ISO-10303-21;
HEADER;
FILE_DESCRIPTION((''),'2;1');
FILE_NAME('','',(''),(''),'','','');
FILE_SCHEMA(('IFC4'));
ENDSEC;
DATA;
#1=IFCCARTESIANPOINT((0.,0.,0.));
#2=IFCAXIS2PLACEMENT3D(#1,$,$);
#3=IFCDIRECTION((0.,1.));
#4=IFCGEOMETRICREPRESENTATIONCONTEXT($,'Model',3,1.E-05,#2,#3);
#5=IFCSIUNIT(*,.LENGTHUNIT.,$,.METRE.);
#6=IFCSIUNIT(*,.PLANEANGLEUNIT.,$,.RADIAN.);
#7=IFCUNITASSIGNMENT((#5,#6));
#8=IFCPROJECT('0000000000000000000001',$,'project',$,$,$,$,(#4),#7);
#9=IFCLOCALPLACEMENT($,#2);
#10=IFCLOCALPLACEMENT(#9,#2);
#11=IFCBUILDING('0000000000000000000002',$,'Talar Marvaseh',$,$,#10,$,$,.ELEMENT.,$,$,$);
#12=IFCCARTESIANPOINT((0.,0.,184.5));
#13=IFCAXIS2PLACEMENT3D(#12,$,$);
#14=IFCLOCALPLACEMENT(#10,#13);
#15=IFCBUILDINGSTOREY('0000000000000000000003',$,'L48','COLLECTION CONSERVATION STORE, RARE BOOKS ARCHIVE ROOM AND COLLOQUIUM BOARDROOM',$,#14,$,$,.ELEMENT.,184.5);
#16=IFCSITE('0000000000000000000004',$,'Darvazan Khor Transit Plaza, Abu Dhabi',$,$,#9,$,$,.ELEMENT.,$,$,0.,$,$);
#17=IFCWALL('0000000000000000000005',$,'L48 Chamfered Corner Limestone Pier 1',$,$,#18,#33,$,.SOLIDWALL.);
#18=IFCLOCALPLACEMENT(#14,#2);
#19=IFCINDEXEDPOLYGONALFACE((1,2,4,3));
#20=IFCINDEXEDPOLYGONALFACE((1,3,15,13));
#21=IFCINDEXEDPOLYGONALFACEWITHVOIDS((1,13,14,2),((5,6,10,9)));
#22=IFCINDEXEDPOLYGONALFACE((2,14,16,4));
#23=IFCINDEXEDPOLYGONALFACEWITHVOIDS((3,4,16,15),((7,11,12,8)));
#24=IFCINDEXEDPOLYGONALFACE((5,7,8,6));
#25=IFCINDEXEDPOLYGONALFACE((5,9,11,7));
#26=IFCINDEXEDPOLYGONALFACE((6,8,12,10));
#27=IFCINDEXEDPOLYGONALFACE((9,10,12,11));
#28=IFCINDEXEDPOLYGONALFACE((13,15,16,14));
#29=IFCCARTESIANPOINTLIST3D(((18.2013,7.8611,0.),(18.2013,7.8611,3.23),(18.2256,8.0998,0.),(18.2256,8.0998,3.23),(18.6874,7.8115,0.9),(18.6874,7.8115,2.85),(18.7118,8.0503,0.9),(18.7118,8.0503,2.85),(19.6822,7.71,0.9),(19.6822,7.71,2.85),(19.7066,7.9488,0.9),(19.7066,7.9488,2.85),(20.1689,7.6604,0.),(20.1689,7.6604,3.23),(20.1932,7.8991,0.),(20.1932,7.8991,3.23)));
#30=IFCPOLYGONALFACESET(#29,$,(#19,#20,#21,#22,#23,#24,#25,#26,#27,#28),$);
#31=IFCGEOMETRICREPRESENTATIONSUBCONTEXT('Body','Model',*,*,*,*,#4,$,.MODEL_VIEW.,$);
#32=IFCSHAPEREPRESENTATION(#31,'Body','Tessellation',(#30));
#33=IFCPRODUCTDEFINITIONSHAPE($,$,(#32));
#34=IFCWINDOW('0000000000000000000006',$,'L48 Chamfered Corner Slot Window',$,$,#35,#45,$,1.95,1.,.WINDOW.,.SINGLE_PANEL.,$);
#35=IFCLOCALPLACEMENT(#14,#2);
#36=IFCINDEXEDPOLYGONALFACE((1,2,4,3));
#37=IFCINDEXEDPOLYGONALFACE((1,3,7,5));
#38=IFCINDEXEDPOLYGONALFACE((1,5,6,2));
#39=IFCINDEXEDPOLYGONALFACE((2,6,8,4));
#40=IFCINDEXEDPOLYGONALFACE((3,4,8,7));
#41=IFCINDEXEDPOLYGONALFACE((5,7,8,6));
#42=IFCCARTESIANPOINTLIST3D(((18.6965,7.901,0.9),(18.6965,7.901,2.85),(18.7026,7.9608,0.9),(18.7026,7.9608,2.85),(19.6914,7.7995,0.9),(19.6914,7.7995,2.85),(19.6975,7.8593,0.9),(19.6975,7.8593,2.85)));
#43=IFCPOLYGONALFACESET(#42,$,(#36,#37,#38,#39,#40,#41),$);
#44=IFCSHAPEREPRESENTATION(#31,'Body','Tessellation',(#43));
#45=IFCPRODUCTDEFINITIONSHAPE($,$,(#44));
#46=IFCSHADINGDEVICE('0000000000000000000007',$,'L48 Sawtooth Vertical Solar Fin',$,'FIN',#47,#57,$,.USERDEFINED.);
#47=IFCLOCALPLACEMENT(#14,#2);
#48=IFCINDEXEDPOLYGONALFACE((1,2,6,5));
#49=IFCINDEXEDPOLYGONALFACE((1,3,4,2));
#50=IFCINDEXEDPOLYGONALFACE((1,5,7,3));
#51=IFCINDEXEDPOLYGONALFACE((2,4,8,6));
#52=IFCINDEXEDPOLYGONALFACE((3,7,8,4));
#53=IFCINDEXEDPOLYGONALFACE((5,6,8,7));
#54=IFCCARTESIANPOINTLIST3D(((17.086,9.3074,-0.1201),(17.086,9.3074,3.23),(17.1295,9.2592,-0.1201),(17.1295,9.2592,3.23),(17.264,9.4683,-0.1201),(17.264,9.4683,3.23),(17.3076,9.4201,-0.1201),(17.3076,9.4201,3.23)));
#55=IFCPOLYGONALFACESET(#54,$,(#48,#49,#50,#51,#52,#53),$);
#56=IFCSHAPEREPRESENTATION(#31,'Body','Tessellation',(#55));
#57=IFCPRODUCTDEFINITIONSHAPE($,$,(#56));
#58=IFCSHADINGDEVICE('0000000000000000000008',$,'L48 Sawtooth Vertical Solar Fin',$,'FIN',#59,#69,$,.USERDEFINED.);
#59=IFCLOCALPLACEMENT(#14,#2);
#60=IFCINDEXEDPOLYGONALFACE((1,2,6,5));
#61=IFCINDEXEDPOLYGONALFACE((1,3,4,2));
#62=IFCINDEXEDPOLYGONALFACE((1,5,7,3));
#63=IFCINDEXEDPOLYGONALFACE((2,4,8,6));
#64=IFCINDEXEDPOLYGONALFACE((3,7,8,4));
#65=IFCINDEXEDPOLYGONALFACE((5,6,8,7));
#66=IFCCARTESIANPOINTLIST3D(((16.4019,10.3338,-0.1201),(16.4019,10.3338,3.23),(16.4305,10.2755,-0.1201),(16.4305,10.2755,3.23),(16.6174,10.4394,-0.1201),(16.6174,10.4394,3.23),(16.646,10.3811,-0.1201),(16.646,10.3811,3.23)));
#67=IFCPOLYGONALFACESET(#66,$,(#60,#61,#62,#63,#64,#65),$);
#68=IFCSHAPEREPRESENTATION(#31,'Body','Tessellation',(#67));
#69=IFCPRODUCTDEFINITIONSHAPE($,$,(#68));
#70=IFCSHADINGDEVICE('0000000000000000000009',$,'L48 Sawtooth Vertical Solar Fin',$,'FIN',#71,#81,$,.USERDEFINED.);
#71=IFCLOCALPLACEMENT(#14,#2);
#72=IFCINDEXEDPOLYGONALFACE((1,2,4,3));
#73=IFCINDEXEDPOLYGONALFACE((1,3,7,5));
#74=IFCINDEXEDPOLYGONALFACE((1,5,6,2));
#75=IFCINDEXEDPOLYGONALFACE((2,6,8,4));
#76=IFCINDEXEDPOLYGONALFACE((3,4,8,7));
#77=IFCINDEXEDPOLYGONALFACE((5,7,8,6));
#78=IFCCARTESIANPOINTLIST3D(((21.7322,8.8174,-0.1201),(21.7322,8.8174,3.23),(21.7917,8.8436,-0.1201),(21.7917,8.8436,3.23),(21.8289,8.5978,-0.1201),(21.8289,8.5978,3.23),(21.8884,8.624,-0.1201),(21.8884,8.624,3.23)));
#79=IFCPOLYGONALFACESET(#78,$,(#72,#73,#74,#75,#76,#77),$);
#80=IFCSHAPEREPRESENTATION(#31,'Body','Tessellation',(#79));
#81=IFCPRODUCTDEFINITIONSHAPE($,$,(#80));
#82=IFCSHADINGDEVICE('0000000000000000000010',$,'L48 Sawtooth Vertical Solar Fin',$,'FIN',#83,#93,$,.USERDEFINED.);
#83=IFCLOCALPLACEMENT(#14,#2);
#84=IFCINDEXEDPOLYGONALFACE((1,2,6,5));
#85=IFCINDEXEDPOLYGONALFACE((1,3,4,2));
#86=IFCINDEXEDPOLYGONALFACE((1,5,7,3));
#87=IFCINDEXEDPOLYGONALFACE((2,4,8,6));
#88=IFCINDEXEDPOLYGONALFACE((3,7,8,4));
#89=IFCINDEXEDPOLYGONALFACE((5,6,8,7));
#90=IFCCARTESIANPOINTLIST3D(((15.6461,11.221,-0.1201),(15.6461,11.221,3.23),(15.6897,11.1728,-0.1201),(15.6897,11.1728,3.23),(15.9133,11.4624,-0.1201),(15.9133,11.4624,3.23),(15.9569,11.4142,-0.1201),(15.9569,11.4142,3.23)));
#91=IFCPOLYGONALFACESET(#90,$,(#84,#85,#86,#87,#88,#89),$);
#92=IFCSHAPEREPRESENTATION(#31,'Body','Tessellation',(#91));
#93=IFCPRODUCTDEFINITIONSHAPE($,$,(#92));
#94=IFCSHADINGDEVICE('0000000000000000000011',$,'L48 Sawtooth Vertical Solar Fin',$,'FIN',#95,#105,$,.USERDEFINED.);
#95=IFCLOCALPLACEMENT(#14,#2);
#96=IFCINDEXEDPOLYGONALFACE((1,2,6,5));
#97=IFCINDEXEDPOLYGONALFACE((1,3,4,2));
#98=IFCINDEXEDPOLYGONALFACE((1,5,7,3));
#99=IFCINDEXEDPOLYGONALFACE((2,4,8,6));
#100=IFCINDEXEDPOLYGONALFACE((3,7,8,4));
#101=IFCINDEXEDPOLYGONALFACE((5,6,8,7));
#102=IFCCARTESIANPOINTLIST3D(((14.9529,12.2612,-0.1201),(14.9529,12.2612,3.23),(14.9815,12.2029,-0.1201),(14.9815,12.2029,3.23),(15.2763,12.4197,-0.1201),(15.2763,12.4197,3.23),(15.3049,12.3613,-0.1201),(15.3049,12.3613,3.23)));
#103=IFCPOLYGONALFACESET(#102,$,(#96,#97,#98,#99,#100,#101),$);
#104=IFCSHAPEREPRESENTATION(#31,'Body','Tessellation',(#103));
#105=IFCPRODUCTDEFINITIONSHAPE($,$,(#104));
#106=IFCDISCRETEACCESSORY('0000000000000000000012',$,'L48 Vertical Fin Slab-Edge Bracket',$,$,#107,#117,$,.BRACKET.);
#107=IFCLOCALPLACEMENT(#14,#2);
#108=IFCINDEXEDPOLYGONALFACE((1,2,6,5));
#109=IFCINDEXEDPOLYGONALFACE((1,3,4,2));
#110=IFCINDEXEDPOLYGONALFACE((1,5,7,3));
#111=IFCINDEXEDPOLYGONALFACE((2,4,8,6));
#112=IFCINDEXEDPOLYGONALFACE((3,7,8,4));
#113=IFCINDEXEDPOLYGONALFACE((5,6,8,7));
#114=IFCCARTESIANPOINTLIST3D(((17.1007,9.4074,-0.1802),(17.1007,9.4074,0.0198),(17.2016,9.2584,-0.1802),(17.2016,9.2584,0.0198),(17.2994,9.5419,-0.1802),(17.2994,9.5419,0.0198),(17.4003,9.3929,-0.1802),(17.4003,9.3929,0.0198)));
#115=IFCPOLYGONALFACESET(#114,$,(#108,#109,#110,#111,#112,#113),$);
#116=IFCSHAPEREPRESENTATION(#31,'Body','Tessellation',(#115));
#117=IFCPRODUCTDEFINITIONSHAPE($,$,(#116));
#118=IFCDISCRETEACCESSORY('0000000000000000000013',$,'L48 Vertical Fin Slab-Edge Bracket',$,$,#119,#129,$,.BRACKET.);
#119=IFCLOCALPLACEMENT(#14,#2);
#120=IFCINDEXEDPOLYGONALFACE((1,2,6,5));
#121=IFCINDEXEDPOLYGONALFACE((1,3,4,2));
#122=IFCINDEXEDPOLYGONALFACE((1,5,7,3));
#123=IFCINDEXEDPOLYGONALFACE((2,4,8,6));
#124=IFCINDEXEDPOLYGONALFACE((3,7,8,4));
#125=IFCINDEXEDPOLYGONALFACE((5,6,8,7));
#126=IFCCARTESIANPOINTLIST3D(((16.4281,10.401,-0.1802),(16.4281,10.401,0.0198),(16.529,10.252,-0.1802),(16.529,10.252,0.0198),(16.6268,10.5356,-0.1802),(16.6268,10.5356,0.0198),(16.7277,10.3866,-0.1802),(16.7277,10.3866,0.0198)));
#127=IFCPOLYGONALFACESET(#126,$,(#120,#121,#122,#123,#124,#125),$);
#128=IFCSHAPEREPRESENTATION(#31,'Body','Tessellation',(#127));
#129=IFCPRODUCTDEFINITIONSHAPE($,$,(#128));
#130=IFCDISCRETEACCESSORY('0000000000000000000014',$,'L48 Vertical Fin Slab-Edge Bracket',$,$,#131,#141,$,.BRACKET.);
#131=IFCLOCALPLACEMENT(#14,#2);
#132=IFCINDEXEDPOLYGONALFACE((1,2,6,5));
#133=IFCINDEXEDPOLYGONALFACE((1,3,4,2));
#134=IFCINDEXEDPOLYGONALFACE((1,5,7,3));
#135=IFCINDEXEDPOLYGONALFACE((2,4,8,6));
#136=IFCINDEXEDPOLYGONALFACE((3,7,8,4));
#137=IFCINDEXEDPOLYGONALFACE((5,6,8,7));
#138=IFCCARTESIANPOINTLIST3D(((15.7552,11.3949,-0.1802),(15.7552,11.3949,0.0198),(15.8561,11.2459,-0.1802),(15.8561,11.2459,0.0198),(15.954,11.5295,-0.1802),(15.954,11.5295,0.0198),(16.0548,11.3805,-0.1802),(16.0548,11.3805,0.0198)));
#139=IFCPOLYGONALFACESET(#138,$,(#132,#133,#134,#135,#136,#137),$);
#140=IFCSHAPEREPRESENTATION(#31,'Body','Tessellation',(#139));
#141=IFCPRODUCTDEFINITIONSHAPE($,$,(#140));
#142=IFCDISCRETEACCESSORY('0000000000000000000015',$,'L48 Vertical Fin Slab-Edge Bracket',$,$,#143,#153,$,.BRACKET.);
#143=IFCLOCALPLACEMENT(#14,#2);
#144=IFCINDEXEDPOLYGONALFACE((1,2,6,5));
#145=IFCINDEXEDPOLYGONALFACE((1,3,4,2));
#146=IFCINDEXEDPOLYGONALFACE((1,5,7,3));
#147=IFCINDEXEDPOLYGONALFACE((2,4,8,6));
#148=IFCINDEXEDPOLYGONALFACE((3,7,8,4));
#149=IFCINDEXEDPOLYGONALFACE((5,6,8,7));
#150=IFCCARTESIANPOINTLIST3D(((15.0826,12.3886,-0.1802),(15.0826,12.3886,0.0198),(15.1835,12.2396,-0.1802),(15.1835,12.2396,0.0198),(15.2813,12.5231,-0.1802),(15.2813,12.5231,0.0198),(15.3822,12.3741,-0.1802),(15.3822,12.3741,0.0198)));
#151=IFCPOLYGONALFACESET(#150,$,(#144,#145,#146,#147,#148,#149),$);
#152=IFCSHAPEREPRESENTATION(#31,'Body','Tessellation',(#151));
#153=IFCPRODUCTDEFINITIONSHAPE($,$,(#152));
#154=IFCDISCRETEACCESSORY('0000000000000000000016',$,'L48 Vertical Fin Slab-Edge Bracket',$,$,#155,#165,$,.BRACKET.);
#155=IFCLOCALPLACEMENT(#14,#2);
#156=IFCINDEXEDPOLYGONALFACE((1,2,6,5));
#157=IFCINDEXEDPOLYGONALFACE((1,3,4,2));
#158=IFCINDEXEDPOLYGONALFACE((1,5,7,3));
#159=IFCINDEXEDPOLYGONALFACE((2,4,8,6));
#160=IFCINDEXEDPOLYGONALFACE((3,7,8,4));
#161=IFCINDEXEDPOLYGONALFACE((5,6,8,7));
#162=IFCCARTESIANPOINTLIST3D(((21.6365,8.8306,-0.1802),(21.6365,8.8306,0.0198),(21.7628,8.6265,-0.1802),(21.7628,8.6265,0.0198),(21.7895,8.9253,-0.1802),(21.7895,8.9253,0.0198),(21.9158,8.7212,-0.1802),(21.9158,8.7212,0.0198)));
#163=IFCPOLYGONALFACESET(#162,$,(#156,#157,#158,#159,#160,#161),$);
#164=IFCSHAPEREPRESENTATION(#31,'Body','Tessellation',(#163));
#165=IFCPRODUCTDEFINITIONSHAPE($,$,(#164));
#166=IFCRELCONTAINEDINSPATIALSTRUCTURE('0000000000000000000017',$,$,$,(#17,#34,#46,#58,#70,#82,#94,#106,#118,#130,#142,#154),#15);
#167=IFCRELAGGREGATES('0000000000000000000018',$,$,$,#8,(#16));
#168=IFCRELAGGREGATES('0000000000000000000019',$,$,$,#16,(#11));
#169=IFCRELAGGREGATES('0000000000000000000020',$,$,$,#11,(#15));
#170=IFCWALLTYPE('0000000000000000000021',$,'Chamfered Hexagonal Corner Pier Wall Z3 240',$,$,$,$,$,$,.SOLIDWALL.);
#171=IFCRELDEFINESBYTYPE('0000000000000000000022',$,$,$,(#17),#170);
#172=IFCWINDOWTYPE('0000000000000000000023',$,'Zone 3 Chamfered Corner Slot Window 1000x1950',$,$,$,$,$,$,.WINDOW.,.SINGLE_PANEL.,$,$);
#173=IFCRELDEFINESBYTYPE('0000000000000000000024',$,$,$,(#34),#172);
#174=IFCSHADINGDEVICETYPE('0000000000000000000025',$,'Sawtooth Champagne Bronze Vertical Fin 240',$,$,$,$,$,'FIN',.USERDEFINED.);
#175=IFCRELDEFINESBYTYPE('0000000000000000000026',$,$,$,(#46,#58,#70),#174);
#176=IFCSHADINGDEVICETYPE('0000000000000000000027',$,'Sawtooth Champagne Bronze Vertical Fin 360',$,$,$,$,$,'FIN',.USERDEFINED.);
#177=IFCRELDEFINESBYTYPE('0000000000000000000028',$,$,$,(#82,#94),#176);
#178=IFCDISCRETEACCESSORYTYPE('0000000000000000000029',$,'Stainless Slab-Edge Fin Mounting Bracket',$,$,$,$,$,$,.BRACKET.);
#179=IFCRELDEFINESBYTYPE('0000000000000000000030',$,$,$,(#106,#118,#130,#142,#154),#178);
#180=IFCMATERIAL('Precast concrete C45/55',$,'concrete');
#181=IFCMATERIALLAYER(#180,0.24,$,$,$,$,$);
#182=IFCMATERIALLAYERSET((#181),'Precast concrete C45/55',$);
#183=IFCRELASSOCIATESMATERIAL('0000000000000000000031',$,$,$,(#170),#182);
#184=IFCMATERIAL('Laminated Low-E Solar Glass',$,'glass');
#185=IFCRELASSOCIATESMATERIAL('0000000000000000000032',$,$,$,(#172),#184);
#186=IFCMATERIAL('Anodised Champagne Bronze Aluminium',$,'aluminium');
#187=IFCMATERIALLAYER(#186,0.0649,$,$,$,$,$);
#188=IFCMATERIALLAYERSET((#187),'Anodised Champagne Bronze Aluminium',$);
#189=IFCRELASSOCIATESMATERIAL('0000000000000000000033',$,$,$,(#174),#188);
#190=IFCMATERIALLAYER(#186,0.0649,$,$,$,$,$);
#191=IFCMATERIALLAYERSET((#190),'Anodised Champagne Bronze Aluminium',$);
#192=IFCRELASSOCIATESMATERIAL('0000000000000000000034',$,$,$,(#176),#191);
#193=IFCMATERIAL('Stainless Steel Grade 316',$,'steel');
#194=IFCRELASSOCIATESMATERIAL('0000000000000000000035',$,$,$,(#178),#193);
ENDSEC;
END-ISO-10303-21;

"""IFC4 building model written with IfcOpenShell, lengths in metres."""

from ifc_helpers import new_model, si_unit, direction, frame, frame_2d, origin, origin_2d, place, context, subcontext, project, spatial, rectangle, extrude, source, transform, mapped, material, layer, layer_set, type_object, type_shapes, element, fill, save


model = new_model("IFC4")

# Units and contexts
model_context = context("Model", 3, precision=1e-05, world=origin(), true_north=direction((0.0, 1.0)))
body_context = subcontext(model_context, "Body", "Model", "MODEL_VIEW")
ifc_project = project(units=[si_unit("LENGTHUNIT", "METRE"), si_unit("PLANEANGLEUNIT", "RADIAN")], contexts=[model_context])

# Site, building, storey
site_placement = place(None, origin())
site = spatial("IfcSite", under=ifc_project, at=site_placement, Name="Darvazan Khor Transit Plaza, Abu Dhabi", CompositionType="ELEMENT", RefElevation=0.0)
building_placement = place(site_placement, origin())
building = spatial("IfcBuilding", under=site, at=building_placement, Name="Talar Marvaseh", CompositionType="ELEMENT")
storey_placement = place(building_placement, frame((0.0, 0.0, 184.5)))
storey = spatial("IfcBuildingStorey", under=building, at=storey_placement, Name="L48", Description="COLLECTION CONSERVATION STORE, RARE BOOKS ARCHIVE ROOM AND COLLOQUIUM BOARDROOM", CompositionType="ELEMENT", Elevation=184.5)

# Shared definitions
ifc_material_1 = material(Name="Laminated Low-E Solar Glass", Category="glass")

# Wall, opening, window
ifc_material_2 = material(Name="Precast concrete C45/55", Category="concrete")
ifc_layer_1 = layer(ifc_material_2, 0.24)
ifc_layer_set_1 = layer_set([ifc_layer_1], Name="Precast concrete C45/55")
wall_type = type_object("IfcWallType", Name="Chamfered Hexagonal Corner Pier Wall Z3 240", PredefinedType="SOLIDWALL", material=ifc_layer_set_1)
wall_placement = place(storey_placement, frame((20.1809, 7.7798, 0.0), z_axis=(0.0, 0.0, 1.0), x_axis=(-0.994838, 0.101471, 0.0)))
wall = element("IfcWall", 1, at=wall_placement, inside=storey, type_object=wall_type, Name="L48 Chamfered Corner Limestone Pier 1", PredefinedType="SOLIDWALL", context=body_context, shape_type="SweptSolid", body=[
    extrude(rectangle(XDim=1.9778, YDim=0.24, at=frame_2d((0.9888, 0.0))), origin(), (0.0, 0.0, 1.0), 3.23),
])
opening_placement = place(wall_placement, frame((0.489, 0.0, 0.8999)))
opening = element("IfcOpeningElement", 2, at=opening_placement, cuts=wall, PredefinedType="OPENING", context=body_context, shape_type="SweptSolid", body=[
    extrude(rectangle(XDim=1.0, YDim=1.95, at=frame_2d((0.5, 0.9751))), frame((0.0, 0.1299, 0.0), z_axis=(0.0, -1.0, 0.0), x_axis=(1.0, 0.0, 0.0)), (0.0, 0.0, 1.0), 0.26),
])
window_type = type_object("IfcWindowType", Name="Zone 3 Chamfered Corner Slot Window 1000x1950", PartitioningType="SINGLE_PANEL", PredefinedType="WINDOW", material=ifc_material_1)
shared_shape_1 = source(origin(), body_context, "Body", "SweptSolid", [
    extrude(rectangle(XDim=1.0, YDim=1.95, at=frame_2d((0.5, 0.9751))), frame((0.0, 0.03, 0.0), z_axis=(0.0, -1.0, 0.0), x_axis=(1.0, 0.0, 0.0)), (0.0, 0.0, 1.0), 0.0601),
])
type_shapes(window_type, [shared_shape_1])
window_placement = place(opening_placement, origin())
window = element("IfcWindow", 3, at=window_placement, inside=storey, type_object=window_type, Name="L48 Chamfered Corner Slot Window", OverallHeight=1.95, OverallWidth=1.0, PartitioningType="SINGLE_PANEL", PredefinedType="WINDOW", context=body_context, shape_type="MappedRepresentation", body=[
    mapped(shared_shape_1, transform((0.0, 0.0, 0.0), x_axis=(1.0, 0.0, 0.0), y_axis=(0.0, 1.0, 0.0), z_axis=(0.0, 0.0, 1.0), scale=1.0)),
])
fill(opening, window)

# Shading devices
ifc_material_3 = material(Name="Anodised Champagne Bronze Aluminium", Category="aluminium")
ifc_layer_2 = layer(ifc_material_3, 0.0649)
ifc_layer_set_2 = layer_set([ifc_layer_2], Name="Anodised Champagne Bronze Aluminium")
shading_device_type_1 = type_object("IfcShadingDeviceType", Name="Sawtooth Champagne Bronze Vertical Fin 240", ElementType="FIN", PredefinedType="USERDEFINED", material=ifc_layer_set_2)
shared_shape_2 = source(origin(), body_context, "Body", "SweptSolid", [
    extrude(rectangle(XDim=0.24, YDim=0.0649, at=origin_2d()), origin(), (0.0, 0.0, 1.0), 3.3501),
])
type_shapes(shading_device_type_1, [shared_shape_2])
for number, where, z_axis, x_axis, name in (
    (4, (17.1968, 9.3638, -0.1201), (0.0, 0.0, 1.0), (-0.741976, -0.670427, 0.0), "L48 Sawtooth Vertical Solar Fin"),
    (5, (16.5239, 10.3574, -0.1201), (0.0, 0.0, 1.0), (-0.898028, -0.439939, 0.0), "L48 Sawtooth Vertical Solar Fin"),
    (6, (21.8103, 8.7207, -0.1201), (0.0, 0.0, 1.0), (0.402906, -0.915241, 0.0), "L48 Sawtooth Vertical Solar Fin"),
):
    element("IfcShadingDevice", number, at=place(storey_placement, frame(where, z_axis=z_axis, x_axis=x_axis)), inside=storey, type_object=shading_device_type_1, Name=name, ObjectType="FIN", PredefinedType="USERDEFINED", context=body_context, shape_type="MappedRepresentation", body=[
        mapped(shared_shape_2, transform((0.0, 0.0, 0.0), x_axis=(1.0, 0.0, 0.0), y_axis=(0.0, 1.0, 0.0), z_axis=(0.0, 0.0, 1.0), scale=1.0)),
    ])
ifc_layer_3 = layer(ifc_material_3, 0.0649)
ifc_layer_set_3 = layer_set([ifc_layer_3], Name="Anodised Champagne Bronze Aluminium")
shading_device_type_2 = type_object("IfcShadingDeviceType", Name="Sawtooth Champagne Bronze Vertical Fin 360", ElementType="FIN", PredefinedType="USERDEFINED", material=ifc_layer_set_3)
shared_shape_3 = source(origin(), body_context, "Body", "SweptSolid", [
    extrude(rectangle(XDim=0.3601, YDim=0.0649, at=origin_2d()), origin(), (0.0, 0.0, 1.0), 3.3501),
])
type_shapes(shading_device_type_2, [shared_shape_3])
for number, where, z_axis, x_axis, name in (
    (7, (15.8015, 11.3176, -0.1201), (0.0, 0.0, 1.0), (-0.741976, -0.670427, 0.0), "L48 Sawtooth Vertical Solar Fin"),
    (8, (15.1289, 12.3113, -0.1201), (0.0, 0.0, 1.0), (-0.898028, -0.439939, 0.0), "L48 Sawtooth Vertical Solar Fin"),
):
    element("IfcShadingDevice", number, at=place(storey_placement, frame(where, z_axis=z_axis, x_axis=x_axis)), inside=storey, type_object=shading_device_type_2, Name=name, ObjectType="FIN", PredefinedType="USERDEFINED", context=body_context, shape_type="MappedRepresentation", body=[
        mapped(shared_shape_3, transform((0.0, 0.0, 0.0), x_axis=(1.0, 0.0, 0.0), y_axis=(0.0, 1.0, 0.0), z_axis=(0.0, 0.0, 1.0), scale=1.0)),
    ])

# Discrete accessories
ifc_material_4 = material(Name="Stainless Steel Grade 316", Category="steel")
discrete_accessory_type = type_object("IfcDiscreteAccessoryType", Name="Stainless Slab-Edge Fin Mounting Bracket", PredefinedType="BRACKET", material=ifc_material_4)
shared_shape_4 = source(origin(), body_context, "Body", "SweptSolid", [
    extrude(rectangle(XDim=0.24, YDim=0.1799, at=origin_2d()), origin(), (0.0, 0.0, 1.0), 0.2),
])
type_shapes(discrete_accessory_type, [shared_shape_4])
for number, where, z_axis, x_axis, name in (
    (9, (17.2505, 9.4001, -0.1802), (0.0, 0.0, 1.0), (-0.82806, -0.560639, 0.0), "L48 Vertical Fin Slab-Edge Bracket"),
    (10, (16.5779, 10.3938, -0.1802), (0.0, 0.0, 1.0), (-0.82806, -0.560639, 0.0), "L48 Vertical Fin Slab-Edge Bracket"),
    (11, (15.905, 11.3877, -0.1802), (0.0, 0.0, 1.0), (-0.82806, -0.560639, 0.0), "L48 Vertical Fin Slab-Edge Bracket"),
    (12, (15.2324, 12.3813, -0.1802), (0.0, 0.0, 1.0), (-0.82806, -0.560639, 0.0), "L48 Vertical Fin Slab-Edge Bracket"),
    (13, (21.7761, 8.7759, -0.1802), (0.0, 0.0, 1.0), (0.526362, -0.85026, 0.0), "L48 Vertical Fin Slab-Edge Bracket"),
):
    element("IfcDiscreteAccessory", number, at=place(storey_placement, frame(where, z_axis=z_axis, x_axis=x_axis)), inside=storey, type_object=discrete_accessory_type, Name=name, PredefinedType="BRACKET", context=body_context, shape_type="MappedRepresentation", body=[
        mapped(shared_shape_4, transform((0.0, 0.0, 0.0), x_axis=(1.0, 0.0, 0.0), y_axis=(0.0, 1.0, 0.0), z_axis=(0.0, 0.0, 1.0), scale=1.0)),
    ])

save(model, "model.ifc")
